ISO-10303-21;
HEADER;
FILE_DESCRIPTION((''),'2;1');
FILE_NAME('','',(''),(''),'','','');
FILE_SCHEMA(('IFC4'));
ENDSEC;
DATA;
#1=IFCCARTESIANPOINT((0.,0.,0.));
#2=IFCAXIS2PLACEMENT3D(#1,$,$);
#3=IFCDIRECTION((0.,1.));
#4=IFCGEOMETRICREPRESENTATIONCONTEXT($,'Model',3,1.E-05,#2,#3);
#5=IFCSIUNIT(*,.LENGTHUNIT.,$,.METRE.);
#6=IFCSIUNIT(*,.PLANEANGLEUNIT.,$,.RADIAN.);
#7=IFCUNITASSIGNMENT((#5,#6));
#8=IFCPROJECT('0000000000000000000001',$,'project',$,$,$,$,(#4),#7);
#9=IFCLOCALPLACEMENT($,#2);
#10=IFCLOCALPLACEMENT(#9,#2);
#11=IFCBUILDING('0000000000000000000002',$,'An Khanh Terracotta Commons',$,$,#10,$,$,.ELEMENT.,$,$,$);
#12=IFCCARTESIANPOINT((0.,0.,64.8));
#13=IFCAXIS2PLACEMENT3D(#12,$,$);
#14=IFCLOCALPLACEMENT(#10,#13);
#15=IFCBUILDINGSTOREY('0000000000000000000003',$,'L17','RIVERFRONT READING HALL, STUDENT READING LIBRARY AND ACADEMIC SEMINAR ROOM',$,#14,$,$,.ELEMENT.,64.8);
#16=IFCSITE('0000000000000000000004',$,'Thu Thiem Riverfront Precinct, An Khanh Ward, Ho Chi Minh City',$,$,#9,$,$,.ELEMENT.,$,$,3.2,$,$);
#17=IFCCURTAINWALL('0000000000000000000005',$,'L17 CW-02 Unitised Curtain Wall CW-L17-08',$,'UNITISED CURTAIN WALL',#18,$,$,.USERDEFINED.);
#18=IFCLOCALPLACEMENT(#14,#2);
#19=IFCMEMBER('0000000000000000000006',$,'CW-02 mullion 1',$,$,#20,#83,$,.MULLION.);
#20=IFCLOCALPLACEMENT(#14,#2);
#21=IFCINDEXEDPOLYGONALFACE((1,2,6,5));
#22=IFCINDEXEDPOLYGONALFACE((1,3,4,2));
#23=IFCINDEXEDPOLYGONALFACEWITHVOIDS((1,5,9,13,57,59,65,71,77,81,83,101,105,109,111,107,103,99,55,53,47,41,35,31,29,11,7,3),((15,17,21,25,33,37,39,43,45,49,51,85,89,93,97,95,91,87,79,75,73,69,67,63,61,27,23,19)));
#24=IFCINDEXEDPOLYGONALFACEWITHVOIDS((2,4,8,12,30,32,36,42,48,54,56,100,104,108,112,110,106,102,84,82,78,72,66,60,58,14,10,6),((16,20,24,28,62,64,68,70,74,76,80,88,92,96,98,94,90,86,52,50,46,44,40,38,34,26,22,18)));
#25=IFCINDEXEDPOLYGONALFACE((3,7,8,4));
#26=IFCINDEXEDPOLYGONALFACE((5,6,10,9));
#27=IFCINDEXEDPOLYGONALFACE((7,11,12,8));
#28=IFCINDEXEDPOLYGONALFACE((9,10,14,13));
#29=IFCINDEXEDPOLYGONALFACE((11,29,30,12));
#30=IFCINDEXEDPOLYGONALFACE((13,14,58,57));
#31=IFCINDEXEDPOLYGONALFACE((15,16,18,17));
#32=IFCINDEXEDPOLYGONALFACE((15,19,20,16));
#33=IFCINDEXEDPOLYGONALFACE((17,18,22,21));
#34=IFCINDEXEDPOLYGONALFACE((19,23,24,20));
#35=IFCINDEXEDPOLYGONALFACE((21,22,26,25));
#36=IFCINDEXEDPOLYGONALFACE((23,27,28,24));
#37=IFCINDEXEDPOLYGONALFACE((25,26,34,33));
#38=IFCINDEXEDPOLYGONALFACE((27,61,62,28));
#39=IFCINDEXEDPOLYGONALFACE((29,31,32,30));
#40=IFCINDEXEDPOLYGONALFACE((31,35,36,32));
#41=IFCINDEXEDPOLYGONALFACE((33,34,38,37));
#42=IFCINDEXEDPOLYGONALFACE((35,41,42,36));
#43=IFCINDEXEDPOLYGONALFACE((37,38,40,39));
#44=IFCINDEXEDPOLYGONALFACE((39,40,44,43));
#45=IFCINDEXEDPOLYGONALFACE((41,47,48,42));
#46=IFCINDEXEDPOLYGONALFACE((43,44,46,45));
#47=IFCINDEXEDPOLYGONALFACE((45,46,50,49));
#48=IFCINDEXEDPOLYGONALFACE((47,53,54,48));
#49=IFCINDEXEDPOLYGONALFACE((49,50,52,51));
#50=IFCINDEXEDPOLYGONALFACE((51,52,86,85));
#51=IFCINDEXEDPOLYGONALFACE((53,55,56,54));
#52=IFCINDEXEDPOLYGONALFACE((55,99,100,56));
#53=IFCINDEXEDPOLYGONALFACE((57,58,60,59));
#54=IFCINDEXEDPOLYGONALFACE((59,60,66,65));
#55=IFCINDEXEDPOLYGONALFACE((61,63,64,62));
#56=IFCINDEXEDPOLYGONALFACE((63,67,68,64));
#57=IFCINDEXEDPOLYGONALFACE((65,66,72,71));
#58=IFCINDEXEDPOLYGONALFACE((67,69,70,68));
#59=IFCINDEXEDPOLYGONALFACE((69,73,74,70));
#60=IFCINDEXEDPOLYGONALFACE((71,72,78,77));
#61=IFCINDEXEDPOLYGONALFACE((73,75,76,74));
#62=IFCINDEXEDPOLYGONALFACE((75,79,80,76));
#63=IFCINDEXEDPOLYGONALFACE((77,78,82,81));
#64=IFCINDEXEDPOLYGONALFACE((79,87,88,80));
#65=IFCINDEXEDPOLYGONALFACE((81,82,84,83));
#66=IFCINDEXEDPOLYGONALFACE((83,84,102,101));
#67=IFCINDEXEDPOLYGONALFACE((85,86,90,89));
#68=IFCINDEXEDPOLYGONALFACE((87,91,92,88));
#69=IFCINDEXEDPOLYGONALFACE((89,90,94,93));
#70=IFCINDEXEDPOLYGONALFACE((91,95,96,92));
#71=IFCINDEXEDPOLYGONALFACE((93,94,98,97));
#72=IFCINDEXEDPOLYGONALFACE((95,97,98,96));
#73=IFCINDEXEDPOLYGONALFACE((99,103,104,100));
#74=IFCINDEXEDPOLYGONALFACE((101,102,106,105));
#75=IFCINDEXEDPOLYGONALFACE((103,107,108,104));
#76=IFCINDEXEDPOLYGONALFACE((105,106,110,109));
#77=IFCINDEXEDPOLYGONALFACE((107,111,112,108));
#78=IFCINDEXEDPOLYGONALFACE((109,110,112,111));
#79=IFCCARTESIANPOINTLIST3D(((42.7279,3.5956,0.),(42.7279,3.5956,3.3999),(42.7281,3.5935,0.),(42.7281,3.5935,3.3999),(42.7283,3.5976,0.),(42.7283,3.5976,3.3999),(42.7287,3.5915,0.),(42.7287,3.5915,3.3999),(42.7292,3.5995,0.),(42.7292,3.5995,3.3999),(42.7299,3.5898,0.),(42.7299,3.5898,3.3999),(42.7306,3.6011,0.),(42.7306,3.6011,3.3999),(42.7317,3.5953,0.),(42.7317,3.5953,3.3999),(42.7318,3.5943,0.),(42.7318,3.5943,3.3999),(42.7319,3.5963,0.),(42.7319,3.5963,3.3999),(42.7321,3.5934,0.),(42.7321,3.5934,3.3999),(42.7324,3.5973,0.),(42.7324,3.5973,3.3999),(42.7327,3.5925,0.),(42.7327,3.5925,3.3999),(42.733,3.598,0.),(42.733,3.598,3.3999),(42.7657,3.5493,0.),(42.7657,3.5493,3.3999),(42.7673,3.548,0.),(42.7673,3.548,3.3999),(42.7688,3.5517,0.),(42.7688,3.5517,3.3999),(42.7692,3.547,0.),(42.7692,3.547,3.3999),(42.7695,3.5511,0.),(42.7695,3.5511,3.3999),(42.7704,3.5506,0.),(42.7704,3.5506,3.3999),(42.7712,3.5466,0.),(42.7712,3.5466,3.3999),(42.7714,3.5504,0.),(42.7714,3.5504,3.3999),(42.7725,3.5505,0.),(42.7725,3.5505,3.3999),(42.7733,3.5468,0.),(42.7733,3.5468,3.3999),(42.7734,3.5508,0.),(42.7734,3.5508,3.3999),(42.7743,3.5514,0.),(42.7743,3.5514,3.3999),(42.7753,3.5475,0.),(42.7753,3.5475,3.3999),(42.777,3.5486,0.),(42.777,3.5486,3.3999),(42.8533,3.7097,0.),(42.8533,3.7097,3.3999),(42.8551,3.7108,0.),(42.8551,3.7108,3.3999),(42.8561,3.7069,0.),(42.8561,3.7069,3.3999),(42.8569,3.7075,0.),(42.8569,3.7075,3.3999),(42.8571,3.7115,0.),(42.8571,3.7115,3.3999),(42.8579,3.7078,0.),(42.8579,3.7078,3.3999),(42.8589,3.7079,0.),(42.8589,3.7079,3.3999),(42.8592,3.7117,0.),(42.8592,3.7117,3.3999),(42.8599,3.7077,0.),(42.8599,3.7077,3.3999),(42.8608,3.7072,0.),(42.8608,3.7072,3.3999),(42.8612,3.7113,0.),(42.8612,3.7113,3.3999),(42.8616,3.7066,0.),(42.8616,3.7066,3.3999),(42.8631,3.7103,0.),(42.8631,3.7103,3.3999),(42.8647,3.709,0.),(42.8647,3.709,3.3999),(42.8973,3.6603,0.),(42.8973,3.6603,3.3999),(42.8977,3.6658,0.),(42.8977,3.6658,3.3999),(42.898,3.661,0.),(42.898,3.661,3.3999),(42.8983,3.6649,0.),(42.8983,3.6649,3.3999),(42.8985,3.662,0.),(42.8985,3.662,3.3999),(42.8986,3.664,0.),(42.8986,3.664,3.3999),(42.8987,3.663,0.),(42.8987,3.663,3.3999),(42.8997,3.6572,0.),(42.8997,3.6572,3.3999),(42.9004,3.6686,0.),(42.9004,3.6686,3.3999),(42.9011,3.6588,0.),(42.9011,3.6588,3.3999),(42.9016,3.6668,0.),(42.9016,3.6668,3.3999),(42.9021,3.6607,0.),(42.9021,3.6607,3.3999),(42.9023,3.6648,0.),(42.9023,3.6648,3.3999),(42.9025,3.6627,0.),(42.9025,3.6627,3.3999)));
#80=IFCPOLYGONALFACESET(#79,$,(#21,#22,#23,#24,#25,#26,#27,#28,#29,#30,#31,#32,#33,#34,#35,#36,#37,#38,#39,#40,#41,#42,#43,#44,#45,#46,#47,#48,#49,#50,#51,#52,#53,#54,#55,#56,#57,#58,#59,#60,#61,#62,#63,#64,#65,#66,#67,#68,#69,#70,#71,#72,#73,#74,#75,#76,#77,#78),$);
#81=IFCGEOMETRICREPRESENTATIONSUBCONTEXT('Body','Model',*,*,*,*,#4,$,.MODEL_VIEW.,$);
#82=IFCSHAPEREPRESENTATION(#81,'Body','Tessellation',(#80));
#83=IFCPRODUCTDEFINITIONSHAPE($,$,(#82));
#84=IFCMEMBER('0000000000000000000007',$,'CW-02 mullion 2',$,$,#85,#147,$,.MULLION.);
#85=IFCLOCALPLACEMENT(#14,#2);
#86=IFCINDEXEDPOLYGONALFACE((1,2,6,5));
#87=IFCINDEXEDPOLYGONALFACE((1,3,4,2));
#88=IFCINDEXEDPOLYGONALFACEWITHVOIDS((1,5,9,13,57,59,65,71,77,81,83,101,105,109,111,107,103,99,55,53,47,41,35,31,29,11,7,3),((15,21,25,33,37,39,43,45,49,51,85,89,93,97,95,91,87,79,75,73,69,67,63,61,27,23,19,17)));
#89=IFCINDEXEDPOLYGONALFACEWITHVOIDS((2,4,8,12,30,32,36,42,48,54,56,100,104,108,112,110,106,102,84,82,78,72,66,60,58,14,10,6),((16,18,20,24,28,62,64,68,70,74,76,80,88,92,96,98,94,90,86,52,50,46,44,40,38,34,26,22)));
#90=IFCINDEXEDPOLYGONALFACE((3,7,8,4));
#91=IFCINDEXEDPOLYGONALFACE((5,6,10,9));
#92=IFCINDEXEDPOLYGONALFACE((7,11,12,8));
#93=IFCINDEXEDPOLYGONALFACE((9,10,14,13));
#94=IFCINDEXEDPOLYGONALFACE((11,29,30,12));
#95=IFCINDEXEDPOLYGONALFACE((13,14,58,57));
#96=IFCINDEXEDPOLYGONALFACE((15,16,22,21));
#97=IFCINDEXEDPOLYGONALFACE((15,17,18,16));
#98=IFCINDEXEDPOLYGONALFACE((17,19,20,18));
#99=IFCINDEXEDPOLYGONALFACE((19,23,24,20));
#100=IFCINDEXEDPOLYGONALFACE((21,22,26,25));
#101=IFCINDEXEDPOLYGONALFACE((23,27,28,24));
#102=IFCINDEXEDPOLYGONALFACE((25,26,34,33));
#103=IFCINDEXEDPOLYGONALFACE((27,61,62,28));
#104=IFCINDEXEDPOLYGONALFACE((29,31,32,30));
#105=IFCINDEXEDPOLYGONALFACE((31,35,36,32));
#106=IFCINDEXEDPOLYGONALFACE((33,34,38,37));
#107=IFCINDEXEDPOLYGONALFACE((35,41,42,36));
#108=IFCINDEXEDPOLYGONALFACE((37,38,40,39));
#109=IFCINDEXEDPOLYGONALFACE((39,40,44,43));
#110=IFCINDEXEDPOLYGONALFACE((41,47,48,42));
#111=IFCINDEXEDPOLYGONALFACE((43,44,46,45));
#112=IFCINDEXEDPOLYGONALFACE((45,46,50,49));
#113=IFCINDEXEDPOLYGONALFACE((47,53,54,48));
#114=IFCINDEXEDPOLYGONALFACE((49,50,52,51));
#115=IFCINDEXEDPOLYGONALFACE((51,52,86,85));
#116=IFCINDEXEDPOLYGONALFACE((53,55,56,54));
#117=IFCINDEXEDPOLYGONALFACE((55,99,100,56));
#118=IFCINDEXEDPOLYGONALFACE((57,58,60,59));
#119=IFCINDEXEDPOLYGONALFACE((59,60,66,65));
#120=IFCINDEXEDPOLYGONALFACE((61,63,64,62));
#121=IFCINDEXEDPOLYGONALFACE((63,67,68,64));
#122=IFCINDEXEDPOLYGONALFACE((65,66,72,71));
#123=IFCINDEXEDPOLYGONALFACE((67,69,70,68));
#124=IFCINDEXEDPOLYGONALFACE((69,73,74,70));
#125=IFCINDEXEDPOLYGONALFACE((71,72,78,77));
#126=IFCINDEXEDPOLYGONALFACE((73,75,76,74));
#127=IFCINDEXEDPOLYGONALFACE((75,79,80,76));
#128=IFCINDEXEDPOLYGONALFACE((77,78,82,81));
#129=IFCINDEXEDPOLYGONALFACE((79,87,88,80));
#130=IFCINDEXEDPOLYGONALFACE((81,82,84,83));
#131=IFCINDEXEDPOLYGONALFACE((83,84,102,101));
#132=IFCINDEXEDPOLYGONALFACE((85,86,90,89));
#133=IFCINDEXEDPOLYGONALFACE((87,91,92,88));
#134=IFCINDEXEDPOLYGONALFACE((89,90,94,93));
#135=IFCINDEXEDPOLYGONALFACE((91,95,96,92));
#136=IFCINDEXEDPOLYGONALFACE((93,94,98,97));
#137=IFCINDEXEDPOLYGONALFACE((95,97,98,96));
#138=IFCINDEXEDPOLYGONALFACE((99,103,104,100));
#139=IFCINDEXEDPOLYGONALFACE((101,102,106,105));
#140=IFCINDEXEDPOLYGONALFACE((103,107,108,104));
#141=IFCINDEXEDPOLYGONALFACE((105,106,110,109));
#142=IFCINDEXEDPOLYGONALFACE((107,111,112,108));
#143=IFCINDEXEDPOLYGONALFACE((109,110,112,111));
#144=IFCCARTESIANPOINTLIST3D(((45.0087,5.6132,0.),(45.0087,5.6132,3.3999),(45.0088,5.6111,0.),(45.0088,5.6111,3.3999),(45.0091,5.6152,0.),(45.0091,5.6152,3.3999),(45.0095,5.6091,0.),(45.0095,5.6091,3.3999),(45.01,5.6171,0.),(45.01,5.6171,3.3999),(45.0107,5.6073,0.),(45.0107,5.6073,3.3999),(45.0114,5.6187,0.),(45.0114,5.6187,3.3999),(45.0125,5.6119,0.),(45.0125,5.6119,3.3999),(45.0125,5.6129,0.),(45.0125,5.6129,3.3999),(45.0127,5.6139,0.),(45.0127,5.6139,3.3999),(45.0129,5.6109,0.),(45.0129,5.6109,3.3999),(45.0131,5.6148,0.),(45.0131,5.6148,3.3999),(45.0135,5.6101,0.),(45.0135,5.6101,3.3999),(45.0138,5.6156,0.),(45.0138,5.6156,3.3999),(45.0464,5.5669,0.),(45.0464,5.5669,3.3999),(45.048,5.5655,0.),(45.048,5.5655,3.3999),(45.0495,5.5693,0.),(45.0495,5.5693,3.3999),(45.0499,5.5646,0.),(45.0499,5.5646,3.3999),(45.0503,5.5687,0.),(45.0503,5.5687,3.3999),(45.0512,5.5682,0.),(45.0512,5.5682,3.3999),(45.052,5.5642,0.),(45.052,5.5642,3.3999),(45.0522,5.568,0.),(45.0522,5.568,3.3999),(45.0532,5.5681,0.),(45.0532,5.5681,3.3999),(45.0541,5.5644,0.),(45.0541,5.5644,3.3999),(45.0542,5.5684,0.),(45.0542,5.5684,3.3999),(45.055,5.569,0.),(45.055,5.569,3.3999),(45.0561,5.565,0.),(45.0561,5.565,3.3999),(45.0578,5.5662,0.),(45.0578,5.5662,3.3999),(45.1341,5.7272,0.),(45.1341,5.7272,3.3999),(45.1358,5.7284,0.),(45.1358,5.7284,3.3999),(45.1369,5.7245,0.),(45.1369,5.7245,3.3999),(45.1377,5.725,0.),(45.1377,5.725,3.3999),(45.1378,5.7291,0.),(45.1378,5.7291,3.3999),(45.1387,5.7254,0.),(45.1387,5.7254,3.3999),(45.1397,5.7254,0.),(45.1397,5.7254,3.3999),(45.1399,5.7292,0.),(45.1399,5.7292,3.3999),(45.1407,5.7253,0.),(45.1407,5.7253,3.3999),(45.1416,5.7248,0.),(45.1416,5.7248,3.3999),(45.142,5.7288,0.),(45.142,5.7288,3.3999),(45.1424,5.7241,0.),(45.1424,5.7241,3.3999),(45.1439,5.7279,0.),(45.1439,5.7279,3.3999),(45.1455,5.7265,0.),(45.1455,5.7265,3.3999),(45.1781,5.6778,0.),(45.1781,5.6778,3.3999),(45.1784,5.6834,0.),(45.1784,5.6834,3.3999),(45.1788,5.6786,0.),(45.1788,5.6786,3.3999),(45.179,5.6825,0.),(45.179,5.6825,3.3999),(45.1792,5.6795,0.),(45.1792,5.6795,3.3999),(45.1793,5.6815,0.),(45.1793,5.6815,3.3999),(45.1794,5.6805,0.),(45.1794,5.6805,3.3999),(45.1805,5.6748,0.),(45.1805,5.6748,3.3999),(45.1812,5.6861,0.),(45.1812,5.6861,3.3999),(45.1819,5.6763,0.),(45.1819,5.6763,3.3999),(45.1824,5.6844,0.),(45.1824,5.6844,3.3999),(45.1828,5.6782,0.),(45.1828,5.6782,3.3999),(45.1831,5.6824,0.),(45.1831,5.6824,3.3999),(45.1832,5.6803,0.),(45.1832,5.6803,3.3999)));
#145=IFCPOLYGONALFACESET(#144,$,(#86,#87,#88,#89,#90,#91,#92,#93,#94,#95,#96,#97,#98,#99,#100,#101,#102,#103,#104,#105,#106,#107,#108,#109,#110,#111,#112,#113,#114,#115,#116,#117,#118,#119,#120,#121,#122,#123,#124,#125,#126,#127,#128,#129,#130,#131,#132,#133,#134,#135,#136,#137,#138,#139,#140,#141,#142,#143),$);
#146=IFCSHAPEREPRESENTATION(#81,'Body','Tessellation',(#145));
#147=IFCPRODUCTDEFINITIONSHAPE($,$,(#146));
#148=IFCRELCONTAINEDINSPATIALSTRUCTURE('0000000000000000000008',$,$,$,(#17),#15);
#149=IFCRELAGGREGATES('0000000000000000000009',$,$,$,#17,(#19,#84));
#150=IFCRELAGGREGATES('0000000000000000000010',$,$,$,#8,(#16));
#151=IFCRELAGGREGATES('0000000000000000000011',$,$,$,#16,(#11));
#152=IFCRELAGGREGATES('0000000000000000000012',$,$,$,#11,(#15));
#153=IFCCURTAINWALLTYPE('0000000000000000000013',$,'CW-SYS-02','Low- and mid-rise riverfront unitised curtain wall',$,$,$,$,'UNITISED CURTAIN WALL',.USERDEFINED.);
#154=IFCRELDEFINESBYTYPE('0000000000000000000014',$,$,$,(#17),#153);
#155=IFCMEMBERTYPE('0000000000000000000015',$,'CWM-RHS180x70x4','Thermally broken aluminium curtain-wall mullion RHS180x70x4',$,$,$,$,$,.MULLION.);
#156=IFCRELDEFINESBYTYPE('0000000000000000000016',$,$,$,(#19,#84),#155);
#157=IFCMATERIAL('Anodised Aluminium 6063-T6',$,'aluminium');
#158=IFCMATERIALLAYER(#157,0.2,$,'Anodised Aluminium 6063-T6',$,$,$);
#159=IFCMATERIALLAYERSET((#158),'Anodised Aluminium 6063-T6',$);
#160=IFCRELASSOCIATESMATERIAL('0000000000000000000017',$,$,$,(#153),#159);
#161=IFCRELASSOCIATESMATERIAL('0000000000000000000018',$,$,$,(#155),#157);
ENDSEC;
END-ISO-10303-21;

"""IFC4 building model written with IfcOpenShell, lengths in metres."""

from ifc_helpers import new_model, si_unit, direction, frame, origin, origin_2d, place, context, subcontext, project, spatial, hollow_rectangle, extrude, material, layer, layer_set, material_profile, profile_set, type_object, element, aggregate, save


model = new_model("IFC4")

# Units and contexts
model_context = context("Model", 3, precision=1e-05, world=origin(), true_north=direction((0.0, 1.0)))
body_context = subcontext(model_context, "Body", "Model", "MODEL_VIEW")
ifc_project = project(units=[si_unit("LENGTHUNIT", "METRE"), si_unit("PLANEANGLEUNIT", "RADIAN")], contexts=[model_context])

# Site, building, storey
site_placement = place(None, origin())
site = spatial("IfcSite", under=ifc_project, at=site_placement, Name="Thu Thiem Riverfront Precinct, An Khanh Ward, Ho Chi Minh City", CompositionType="ELEMENT", RefElevation=3.2)
building_placement = place(site_placement, origin())
building = spatial("IfcBuilding", under=site, at=building_placement, Name="An Khanh Terracotta Commons", CompositionType="ELEMENT")
storey_placement = place(building_placement, frame((0.0, 0.0, 64.8)))
storey = spatial("IfcBuildingStorey", under=building, at=storey_placement, Name="L17", Description="RIVERFRONT READING HALL, STUDENT READING LIBRARY AND ACADEMIC SEMINAR ROOM", CompositionType="ELEMENT", Elevation=64.8)

# Curtain wall, members
ifc_material_1 = material(Name="Anodised Aluminium 6063-T6", Category="aluminium")
ifc_layer_1 = layer(ifc_material_1, 0.2, Name="Anodised Aluminium 6063-T6")
ifc_layer_set_1 = layer_set([ifc_layer_1], Name="Anodised Aluminium 6063-T6")
curtain_wall_type = type_object("IfcCurtainWallType", Name="CW-SYS-02", Description="Low- and mid-rise riverfront unitised curtain wall", ElementType="UNITISED CURTAIN WALL", PredefinedType="USERDEFINED", material=ifc_layer_set_1)
curtain_wall_1_placement = place(storey_placement, origin())
curtain_wall_1 = element("IfcCurtainWall", 1, at=curtain_wall_1_placement, inside=storey, type_object=curtain_wall_type, Name="L17 CW-02 Unitised Curtain Wall CW-L17-08", ObjectType="UNITISED CURTAIN WALL", PredefinedType="USERDEFINED")
ifc_material_profile_1 = material_profile(ifc_material_1, hollow_rectangle(XDim=0.0701, YDim=0.1799, WallThickness=0.0039, InnerFilletRadius=0.0039, OuterFilletRadius=0.0081, at=origin_2d()), Name="RHS180x70x4")
ifc_profile_set_1 = profile_set([ifc_material_profile_1], Name="Anodised Aluminium 6063-T6")
member_type_1 = type_object("IfcMemberType", Name="CWM-RHS180x70x4", Description="Thermally broken aluminium curtain-wall mullion RHS180x70x4", PredefinedType="MULLION", material=ifc_profile_set_1)
member_1_placement = place(storey_placement, frame((42.8152, 3.6292, 0.0), z_axis=(0.0, 0.0, 1.0), x_axis=(-0.662548, 0.749019, 0.0)))
member_1 = element("IfcMember", 2, at=member_1_placement, type_object=member_type_1, Name="CW-02 mullion 1", PredefinedType="MULLION", context=body_context, shape_type="SweptSolid", body=[
    extrude(hollow_rectangle(XDim=0.0701, YDim=0.1799, WallThickness=0.0039, InnerFilletRadius=0.0039, OuterFilletRadius=0.0081, at=origin_2d()), origin(), (0.0, 0.0, 1.0), 3.3999),
])
member_2_placement = place(storey_placement, frame((45.0959, 5.6467, 0.0), z_axis=(0.0, 0.0, 1.0), x_axis=(-0.662548, 0.749019, 0.0)))
member_2 = element("IfcMember", 3, at=member_2_placement, type_object=member_type_1, Name="CW-02 mullion 2", PredefinedType="MULLION", context=body_context, shape_type="SweptSolid", body=[
    extrude(hollow_rectangle(XDim=0.0701, YDim=0.1799, WallThickness=0.0039, InnerFilletRadius=0.0039, OuterFilletRadius=0.0081, at=origin_2d()), origin(), (0.0, 0.0, 1.0), 3.3999),
])

aggregate(curtain_wall_1, [member_1, member_2])

save(model, "model.ifc")
